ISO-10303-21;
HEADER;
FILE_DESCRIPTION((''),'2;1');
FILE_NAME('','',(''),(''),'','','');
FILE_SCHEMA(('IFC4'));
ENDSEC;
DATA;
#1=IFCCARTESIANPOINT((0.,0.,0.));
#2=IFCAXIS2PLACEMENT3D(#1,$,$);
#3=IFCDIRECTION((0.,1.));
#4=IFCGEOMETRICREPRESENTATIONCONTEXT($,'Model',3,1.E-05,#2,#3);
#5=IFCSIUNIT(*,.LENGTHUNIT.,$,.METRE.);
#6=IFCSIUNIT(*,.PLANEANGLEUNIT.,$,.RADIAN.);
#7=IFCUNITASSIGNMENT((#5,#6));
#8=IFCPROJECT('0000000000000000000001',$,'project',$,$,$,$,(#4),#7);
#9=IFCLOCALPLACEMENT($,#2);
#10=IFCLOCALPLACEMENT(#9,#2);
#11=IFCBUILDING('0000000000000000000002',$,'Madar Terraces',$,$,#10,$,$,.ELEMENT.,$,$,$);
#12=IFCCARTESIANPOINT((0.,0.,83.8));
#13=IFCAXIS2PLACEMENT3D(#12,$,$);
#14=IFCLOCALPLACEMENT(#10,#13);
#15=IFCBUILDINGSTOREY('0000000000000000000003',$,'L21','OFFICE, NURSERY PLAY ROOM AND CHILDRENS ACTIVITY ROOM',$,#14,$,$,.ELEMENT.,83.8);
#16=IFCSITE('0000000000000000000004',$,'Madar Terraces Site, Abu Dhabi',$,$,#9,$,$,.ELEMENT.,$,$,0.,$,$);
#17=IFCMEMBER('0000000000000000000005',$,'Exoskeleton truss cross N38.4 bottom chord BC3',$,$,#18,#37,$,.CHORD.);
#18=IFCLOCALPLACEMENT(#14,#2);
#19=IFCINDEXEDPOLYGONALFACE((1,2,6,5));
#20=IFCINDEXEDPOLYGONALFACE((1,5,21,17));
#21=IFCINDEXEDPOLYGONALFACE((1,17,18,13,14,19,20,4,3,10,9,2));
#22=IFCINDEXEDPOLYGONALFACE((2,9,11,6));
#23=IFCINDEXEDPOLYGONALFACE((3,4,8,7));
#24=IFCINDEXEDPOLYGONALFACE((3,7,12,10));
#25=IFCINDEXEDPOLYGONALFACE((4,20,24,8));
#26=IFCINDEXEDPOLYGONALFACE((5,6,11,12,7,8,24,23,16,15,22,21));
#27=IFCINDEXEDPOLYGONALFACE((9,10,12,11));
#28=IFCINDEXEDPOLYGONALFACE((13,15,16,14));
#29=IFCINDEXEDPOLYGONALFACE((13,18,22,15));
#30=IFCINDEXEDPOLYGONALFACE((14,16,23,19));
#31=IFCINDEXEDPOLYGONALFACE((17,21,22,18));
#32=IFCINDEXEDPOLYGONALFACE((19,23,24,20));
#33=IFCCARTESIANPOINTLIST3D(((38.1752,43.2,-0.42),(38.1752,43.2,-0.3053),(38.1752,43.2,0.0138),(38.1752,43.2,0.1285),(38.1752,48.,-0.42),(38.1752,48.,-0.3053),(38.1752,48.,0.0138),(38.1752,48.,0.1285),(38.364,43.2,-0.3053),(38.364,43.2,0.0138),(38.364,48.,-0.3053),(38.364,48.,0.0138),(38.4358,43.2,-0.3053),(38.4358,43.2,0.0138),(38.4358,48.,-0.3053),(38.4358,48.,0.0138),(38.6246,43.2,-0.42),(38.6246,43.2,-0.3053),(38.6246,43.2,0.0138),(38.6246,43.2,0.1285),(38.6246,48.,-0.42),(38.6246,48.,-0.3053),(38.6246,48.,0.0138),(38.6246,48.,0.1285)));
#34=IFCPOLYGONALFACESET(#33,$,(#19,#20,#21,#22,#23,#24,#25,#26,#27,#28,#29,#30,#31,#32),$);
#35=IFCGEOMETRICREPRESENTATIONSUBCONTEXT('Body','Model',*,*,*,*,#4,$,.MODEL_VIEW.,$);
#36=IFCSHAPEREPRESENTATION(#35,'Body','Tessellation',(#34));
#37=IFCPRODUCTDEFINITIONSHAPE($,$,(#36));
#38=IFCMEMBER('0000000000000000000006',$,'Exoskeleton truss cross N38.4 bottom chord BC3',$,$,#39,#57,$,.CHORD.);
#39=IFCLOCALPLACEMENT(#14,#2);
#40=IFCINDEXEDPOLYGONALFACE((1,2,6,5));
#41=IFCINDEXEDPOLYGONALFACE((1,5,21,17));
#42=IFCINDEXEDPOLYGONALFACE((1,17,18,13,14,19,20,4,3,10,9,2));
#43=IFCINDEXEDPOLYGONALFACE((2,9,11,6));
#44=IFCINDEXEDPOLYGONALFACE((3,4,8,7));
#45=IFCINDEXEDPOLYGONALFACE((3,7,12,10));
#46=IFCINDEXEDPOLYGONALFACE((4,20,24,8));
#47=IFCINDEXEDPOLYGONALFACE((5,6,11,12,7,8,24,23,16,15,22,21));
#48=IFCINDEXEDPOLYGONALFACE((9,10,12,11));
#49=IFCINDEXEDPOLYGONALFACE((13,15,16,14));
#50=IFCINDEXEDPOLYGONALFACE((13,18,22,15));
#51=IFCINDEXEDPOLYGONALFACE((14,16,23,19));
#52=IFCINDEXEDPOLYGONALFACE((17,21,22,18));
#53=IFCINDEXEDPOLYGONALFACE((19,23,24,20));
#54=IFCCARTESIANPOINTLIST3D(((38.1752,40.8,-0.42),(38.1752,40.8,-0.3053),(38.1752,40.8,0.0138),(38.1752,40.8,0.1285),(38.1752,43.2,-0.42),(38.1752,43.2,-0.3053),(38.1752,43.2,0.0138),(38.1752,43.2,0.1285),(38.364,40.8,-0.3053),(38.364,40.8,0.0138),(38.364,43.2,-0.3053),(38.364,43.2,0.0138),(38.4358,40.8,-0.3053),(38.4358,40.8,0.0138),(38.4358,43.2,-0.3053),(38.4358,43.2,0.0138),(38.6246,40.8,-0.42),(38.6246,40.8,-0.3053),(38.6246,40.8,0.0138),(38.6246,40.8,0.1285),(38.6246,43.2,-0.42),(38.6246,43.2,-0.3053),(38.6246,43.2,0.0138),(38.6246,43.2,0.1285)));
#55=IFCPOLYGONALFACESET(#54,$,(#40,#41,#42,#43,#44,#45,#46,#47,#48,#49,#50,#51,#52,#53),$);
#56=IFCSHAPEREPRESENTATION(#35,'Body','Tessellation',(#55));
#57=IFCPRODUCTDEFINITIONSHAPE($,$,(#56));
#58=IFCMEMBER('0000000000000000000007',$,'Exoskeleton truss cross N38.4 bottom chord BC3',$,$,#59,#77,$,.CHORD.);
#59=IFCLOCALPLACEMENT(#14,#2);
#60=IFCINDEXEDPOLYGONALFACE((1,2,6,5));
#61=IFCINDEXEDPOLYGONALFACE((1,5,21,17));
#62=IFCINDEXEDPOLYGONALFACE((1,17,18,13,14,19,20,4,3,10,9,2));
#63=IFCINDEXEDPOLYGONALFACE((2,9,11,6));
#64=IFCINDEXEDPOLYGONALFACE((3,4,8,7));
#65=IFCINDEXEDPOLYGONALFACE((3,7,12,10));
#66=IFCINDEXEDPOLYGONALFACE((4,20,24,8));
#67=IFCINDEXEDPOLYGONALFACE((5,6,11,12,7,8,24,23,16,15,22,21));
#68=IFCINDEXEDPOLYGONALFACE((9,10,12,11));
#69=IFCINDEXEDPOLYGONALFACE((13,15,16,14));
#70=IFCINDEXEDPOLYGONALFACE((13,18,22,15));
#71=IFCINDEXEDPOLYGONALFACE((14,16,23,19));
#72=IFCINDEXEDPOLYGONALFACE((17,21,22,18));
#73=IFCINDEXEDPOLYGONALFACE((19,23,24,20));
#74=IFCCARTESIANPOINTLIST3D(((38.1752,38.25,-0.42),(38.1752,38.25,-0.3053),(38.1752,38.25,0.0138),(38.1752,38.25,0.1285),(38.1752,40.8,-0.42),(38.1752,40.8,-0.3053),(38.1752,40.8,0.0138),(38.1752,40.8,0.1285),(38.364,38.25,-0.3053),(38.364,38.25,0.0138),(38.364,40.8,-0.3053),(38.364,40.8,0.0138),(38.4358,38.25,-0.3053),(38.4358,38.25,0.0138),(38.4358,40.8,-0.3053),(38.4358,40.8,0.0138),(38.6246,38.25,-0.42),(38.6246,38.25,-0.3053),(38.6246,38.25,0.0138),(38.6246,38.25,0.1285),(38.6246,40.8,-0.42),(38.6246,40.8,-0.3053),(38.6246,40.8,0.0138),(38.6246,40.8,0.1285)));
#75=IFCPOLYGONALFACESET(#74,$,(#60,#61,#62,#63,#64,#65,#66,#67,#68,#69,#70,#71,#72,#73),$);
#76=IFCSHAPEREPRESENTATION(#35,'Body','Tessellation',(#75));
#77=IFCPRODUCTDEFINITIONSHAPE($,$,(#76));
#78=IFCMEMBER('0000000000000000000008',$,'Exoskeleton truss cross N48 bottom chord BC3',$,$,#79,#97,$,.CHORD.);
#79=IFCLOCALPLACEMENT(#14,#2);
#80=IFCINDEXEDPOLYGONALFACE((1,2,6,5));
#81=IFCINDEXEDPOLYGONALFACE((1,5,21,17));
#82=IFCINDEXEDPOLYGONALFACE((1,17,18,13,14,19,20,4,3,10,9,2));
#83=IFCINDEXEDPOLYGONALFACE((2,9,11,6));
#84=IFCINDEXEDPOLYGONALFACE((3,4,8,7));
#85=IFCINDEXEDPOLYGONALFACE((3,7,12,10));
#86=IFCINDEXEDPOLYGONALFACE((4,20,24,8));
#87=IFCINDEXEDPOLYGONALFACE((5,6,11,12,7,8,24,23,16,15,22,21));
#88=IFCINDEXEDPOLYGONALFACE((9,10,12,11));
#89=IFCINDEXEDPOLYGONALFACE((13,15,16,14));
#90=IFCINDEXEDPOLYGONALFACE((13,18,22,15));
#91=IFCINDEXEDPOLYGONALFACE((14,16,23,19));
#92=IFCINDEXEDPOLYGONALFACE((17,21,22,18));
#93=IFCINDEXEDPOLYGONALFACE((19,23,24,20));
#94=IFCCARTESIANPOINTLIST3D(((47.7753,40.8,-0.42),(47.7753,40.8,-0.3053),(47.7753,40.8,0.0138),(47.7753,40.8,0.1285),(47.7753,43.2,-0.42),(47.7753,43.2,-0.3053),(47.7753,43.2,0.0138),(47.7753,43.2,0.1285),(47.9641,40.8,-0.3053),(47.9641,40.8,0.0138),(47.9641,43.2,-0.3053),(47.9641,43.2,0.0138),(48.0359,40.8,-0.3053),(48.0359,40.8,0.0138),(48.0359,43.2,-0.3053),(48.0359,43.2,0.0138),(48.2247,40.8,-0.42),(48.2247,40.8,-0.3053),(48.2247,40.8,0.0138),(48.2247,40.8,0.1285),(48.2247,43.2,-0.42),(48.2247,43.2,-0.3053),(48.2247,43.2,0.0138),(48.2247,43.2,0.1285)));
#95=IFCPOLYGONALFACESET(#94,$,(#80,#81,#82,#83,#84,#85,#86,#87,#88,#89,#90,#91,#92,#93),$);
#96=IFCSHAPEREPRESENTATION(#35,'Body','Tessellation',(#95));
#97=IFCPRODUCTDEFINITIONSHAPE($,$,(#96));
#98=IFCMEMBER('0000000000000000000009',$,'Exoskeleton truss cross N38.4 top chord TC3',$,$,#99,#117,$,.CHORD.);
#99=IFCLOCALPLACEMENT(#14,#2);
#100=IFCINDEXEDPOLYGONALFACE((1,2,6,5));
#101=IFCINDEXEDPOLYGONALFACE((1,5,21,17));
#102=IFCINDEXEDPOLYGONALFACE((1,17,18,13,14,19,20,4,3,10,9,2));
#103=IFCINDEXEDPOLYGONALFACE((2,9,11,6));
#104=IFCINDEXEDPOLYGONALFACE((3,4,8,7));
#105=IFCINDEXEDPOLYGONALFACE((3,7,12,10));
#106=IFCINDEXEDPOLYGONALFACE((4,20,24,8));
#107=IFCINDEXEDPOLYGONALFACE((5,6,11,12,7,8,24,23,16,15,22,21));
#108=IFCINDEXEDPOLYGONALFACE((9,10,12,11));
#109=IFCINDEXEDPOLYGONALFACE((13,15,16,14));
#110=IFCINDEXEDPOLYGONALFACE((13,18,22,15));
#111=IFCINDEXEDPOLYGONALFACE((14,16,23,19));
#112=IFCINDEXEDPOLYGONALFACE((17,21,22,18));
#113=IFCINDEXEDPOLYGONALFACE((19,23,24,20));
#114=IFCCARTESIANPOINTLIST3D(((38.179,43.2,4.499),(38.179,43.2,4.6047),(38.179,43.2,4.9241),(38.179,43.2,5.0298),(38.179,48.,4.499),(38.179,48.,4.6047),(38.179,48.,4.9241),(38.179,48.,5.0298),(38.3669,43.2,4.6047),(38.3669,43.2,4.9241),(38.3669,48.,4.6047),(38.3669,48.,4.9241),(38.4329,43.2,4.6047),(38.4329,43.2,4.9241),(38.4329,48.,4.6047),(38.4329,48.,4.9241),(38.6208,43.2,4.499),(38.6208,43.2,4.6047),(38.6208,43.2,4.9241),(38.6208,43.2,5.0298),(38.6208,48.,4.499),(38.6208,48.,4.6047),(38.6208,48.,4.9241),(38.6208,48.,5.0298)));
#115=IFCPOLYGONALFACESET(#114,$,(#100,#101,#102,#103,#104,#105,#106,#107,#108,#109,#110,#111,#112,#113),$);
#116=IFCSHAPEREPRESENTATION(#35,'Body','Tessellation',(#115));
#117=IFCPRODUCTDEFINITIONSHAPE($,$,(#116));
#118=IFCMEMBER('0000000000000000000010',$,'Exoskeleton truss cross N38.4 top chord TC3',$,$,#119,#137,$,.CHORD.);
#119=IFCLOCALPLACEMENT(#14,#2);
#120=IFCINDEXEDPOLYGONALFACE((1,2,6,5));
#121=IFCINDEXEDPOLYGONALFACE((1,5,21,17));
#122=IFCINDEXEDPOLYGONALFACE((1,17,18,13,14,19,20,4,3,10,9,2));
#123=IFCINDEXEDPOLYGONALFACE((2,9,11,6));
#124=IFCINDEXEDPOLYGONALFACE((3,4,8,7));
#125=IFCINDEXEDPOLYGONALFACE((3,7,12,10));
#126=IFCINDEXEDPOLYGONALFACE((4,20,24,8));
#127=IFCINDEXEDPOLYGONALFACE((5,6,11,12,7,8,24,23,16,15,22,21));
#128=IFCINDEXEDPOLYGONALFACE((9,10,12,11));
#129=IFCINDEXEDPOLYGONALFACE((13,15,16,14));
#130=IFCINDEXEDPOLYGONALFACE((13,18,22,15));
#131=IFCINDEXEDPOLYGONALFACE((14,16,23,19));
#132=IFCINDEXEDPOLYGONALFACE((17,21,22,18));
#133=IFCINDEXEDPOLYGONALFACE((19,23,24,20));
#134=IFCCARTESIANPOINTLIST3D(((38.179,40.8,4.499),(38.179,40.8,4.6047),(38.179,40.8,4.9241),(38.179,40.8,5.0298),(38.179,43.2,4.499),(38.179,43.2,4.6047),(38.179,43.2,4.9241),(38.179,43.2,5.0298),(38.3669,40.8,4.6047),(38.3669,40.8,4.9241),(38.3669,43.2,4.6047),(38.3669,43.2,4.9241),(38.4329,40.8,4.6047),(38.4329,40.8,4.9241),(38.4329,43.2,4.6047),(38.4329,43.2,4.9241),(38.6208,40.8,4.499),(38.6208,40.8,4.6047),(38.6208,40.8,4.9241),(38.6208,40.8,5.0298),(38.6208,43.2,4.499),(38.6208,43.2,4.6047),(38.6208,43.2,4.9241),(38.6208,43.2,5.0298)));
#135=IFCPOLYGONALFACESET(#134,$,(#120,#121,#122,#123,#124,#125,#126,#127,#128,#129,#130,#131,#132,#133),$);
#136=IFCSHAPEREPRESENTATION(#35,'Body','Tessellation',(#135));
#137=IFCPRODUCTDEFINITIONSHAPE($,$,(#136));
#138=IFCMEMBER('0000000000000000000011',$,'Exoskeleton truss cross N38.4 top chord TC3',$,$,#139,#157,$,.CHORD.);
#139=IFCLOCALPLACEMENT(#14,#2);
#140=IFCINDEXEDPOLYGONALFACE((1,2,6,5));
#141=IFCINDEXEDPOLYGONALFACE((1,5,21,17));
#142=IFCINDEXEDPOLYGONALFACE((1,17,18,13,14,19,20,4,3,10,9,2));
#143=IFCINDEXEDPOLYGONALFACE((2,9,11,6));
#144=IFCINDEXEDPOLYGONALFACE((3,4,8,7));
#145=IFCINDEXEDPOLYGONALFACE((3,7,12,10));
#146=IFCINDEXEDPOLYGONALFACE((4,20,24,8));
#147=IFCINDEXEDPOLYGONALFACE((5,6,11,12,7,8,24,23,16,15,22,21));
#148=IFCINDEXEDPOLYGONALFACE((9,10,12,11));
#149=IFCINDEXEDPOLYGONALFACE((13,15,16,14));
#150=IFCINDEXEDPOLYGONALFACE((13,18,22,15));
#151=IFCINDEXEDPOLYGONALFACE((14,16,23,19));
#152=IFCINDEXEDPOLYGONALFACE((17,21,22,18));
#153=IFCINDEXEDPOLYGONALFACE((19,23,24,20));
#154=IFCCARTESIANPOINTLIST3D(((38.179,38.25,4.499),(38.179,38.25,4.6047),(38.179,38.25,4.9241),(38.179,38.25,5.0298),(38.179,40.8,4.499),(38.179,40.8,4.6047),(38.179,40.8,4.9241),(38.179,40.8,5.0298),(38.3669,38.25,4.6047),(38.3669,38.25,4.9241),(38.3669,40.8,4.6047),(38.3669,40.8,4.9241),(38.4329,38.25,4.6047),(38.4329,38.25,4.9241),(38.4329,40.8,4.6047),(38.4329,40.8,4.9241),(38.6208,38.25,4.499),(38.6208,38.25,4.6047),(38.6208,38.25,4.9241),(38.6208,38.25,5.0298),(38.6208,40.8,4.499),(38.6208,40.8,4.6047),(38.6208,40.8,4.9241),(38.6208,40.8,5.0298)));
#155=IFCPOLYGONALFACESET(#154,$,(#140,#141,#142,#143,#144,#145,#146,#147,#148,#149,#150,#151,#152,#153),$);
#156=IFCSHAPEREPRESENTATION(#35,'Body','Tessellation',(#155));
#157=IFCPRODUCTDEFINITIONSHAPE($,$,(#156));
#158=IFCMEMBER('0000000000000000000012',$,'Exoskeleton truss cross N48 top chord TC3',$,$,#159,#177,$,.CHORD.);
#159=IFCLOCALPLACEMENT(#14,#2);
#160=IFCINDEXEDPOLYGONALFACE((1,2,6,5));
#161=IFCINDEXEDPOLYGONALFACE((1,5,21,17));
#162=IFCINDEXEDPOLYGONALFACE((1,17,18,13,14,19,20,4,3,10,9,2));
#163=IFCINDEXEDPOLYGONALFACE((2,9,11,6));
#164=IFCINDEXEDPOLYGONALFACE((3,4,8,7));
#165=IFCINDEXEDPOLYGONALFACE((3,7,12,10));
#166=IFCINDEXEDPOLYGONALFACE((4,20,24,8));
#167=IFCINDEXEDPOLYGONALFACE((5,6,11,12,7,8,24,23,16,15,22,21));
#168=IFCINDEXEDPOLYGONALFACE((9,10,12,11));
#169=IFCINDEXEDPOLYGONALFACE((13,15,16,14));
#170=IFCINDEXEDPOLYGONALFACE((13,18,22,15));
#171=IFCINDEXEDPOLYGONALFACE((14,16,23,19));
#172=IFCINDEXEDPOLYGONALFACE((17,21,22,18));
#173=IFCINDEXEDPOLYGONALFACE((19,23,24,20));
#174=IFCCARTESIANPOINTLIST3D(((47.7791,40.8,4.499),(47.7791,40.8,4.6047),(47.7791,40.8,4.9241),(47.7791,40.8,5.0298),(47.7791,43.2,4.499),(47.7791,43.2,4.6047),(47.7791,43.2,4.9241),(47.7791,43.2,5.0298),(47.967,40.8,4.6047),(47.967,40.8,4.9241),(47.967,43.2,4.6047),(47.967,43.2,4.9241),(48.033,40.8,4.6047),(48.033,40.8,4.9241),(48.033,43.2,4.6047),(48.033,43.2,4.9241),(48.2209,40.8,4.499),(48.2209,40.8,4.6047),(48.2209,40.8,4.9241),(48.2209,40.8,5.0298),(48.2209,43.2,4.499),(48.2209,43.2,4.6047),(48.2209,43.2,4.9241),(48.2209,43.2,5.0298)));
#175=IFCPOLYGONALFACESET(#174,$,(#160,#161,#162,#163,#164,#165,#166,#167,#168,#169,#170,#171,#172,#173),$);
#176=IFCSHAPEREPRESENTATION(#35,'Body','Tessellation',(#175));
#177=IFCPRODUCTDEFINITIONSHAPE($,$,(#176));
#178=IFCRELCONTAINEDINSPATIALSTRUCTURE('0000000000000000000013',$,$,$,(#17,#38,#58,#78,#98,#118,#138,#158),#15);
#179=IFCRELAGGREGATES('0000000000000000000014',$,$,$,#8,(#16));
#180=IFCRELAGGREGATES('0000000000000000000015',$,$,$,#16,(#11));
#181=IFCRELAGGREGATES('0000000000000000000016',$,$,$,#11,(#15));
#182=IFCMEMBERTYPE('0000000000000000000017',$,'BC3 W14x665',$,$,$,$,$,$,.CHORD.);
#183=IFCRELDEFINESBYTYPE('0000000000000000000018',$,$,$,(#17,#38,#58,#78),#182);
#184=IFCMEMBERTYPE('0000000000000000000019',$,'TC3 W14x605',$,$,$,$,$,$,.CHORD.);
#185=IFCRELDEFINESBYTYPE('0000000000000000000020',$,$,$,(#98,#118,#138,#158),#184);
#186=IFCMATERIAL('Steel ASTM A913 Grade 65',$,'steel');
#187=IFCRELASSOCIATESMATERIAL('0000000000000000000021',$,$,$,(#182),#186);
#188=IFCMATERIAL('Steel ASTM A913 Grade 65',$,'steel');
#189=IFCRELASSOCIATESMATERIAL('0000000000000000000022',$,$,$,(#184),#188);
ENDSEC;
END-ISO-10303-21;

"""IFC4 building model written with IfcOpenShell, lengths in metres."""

from ifc_helpers import new_model, si_unit, direction, frame, origin, origin_2d, place, context, subcontext, project, spatial, i_section, extrude, material, material_profile, profile_set, type_object, element, save


model = new_model("IFC4")

# Units and contexts
model_context = context("Model", 3, precision=1e-05, world=origin(), true_north=direction((0.0, 1.0)))
body_context = subcontext(model_context, "Body", "Model", "MODEL_VIEW")
ifc_project = project(units=[si_unit("LENGTHUNIT", "METRE"), si_unit("PLANEANGLEUNIT", "RADIAN")], contexts=[model_context])

# Site, building, storey
site_placement = place(None, origin())
site = spatial("IfcSite", under=ifc_project, at=site_placement, Name="Madar Terraces Site, Abu Dhabi", CompositionType="ELEMENT", RefElevation=0.0)
building_placement = place(site_placement, origin())
building = spatial("IfcBuilding", under=site, at=building_placement, Name="Madar Terraces", CompositionType="ELEMENT")
storey_placement = place(building_placement, frame((0.0, 0.0, 83.8)))
storey = spatial("IfcBuildingStorey", under=building, at=storey_placement, Name="L21", Description="OFFICE, NURSERY PLAY ROOM AND CHILDRENS ACTIVITY ROOM", CompositionType="ELEMENT", Elevation=83.8)

# Members
ifc_material_1 = material(Name="Steel ASTM A913 Grade 65", Category="steel")
ifc_material_profile_1 = material_profile(ifc_material_1, i_section(OverallWidth=0.4495, OverallDepth=0.5486, WebThickness=0.0718, FlangeThickness=0.1147, at=origin_2d()), Name="W14x665")
ifc_profile_set_1 = profile_set([ifc_material_profile_1], Name="Steel ASTM A913 Grade 65")
member_type_1 = type_object("IfcMemberType", Name="BC3 W14x665", PredefinedType="CHORD", material=ifc_profile_set_1)
member_1_placement = place(storey_placement, frame((38.3999, 48.0, -0.1458), z_axis=(0.0, -1.0, 0.0), x_axis=(1.0, 0.0, 0.0)))
element("IfcMember", 1, at=member_1_placement, inside=storey, type_object=member_type_1, Name="Exoskeleton truss cross N38.4 bottom chord BC3", PredefinedType="CHORD", context=body_context, shape_type="SweptSolid", body=[
    extrude(i_section(OverallWidth=0.4495, OverallDepth=0.5486, WebThickness=0.0718, FlangeThickness=0.1147, at=origin_2d()), origin(), (0.0, 0.0, 1.0), 4.8),
])
member_2_placement = place(storey_placement, frame((38.3999, 43.2, -0.1458), z_axis=(0.0, -1.0, 0.0), x_axis=(1.0, 0.0, 0.0)))
element("IfcMember", 2, at=member_2_placement, inside=storey, type_object=member_type_1, Name="Exoskeleton truss cross N38.4 bottom chord BC3", PredefinedType="CHORD", context=body_context, shape_type="SweptSolid", body=[
    extrude(i_section(OverallWidth=0.4495, OverallDepth=0.5486, WebThickness=0.0718, FlangeThickness=0.1147, at=origin_2d()), origin(), (0.0, 0.0, 1.0), 2.3999),
])
member_3_placement = place(storey_placement, frame((38.3999, 40.8, -0.1458), z_axis=(0.0, -1.0, 0.0), x_axis=(1.0, 0.0, 0.0)))
element("IfcMember", 3, at=member_3_placement, inside=storey, type_object=member_type_1, Name="Exoskeleton truss cross N38.4 bottom chord BC3", PredefinedType="CHORD", context=body_context, shape_type="SweptSolid", body=[
    extrude(i_section(OverallWidth=0.4495, OverallDepth=0.5486, WebThickness=0.0718, FlangeThickness=0.1147, at=origin_2d()), origin(), (0.0, 0.0, 1.0), 2.55),
])
member_4_placement = place(storey_placement, frame((48.0, 43.2, -0.1458), z_axis=(0.0, -1.0, 0.0), x_axis=(1.0, 0.0, 0.0)))
element("IfcMember", 4, at=member_4_placement, inside=storey, type_object=member_type_1, Name="Exoskeleton truss cross N48 bottom chord BC3", PredefinedType="CHORD", context=body_context, shape_type="SweptSolid", body=[
    extrude(i_section(OverallWidth=0.4495, OverallDepth=0.5486, WebThickness=0.0718, FlangeThickness=0.1147, at=origin_2d()), origin(), (0.0, 0.0, 1.0), 2.3999),
])
ifc_material_2 = material(Name="Steel ASTM A913 Grade 65", Category="steel")
ifc_material_profile_2 = material_profile(ifc_material_2, i_section(OverallWidth=0.4419, OverallDepth=0.5308, WebThickness=0.0659, FlangeThickness=0.1057, at=origin_2d()), Name="W14x605")
ifc_profile_set_2 = profile_set([ifc_material_profile_2], Name="Steel ASTM A913 Grade 65")
member_type_2 = type_object("IfcMemberType", Name="TC3 W14x605", PredefinedType="CHORD", material=ifc_profile_set_2)
member_5_placement = place(storey_placement, frame((38.3999, 48.0, 4.7644), z_axis=(0.0, -1.0, 0.0), x_axis=(1.0, 0.0, 0.0)))
element("IfcMember", 5, at=member_5_placement, inside=storey, type_object=member_type_2, Name="Exoskeleton truss cross N38.4 top chord TC3", PredefinedType="CHORD", context=body_context, shape_type="SweptSolid", body=[
    extrude(i_section(OverallWidth=0.4419, OverallDepth=0.5308, WebThickness=0.0659, FlangeThickness=0.1057, at=origin_2d()), origin(), (0.0, 0.0, 1.0), 4.8),
])
member_6_placement = place(storey_placement, frame((38.3999, 43.2, 4.7644), z_axis=(0.0, -1.0, 0.0), x_axis=(1.0, 0.0, 0.0)))
element("IfcMember", 6, at=member_6_placement, inside=storey, type_object=member_type_2, Name="Exoskeleton truss cross N38.4 top chord TC3", PredefinedType="CHORD", context=body_context, shape_type="SweptSolid", body=[
    extrude(i_section(OverallWidth=0.4419, OverallDepth=0.5308, WebThickness=0.0659, FlangeThickness=0.1057, at=origin_2d()), origin(), (0.0, 0.0, 1.0), 2.3999),
])
member_7_placement = place(storey_placement, frame((38.3999, 40.8, 4.7644), z_axis=(0.0, -1.0, 0.0), x_axis=(1.0, 0.0, 0.0)))
element("IfcMember", 7, at=member_7_placement, inside=storey, type_object=member_type_2, Name="Exoskeleton truss cross N38.4 top chord TC3", PredefinedType="CHORD", context=body_context, shape_type="SweptSolid", body=[
    extrude(i_section(OverallWidth=0.4419, OverallDepth=0.5308, WebThickness=0.0659, FlangeThickness=0.1057, at=origin_2d()), origin(), (0.0, 0.0, 1.0), 2.55),
])
member_8_placement = place(storey_placement, frame((48.0, 43.2, 4.7644), z_axis=(0.0, -1.0, 0.0), x_axis=(1.0, 0.0, 0.0)))
element("IfcMember", 8, at=member_8_placement, inside=storey, type_object=member_type_2, Name="Exoskeleton truss cross N48 top chord TC3", PredefinedType="CHORD", context=body_context, shape_type="SweptSolid", body=[
    extrude(i_section(OverallWidth=0.4419, OverallDepth=0.5308, WebThickness=0.0659, FlangeThickness=0.1057, at=origin_2d()), origin(), (0.0, 0.0, 1.0), 2.3999),
])

save(model, "model.ifc")
